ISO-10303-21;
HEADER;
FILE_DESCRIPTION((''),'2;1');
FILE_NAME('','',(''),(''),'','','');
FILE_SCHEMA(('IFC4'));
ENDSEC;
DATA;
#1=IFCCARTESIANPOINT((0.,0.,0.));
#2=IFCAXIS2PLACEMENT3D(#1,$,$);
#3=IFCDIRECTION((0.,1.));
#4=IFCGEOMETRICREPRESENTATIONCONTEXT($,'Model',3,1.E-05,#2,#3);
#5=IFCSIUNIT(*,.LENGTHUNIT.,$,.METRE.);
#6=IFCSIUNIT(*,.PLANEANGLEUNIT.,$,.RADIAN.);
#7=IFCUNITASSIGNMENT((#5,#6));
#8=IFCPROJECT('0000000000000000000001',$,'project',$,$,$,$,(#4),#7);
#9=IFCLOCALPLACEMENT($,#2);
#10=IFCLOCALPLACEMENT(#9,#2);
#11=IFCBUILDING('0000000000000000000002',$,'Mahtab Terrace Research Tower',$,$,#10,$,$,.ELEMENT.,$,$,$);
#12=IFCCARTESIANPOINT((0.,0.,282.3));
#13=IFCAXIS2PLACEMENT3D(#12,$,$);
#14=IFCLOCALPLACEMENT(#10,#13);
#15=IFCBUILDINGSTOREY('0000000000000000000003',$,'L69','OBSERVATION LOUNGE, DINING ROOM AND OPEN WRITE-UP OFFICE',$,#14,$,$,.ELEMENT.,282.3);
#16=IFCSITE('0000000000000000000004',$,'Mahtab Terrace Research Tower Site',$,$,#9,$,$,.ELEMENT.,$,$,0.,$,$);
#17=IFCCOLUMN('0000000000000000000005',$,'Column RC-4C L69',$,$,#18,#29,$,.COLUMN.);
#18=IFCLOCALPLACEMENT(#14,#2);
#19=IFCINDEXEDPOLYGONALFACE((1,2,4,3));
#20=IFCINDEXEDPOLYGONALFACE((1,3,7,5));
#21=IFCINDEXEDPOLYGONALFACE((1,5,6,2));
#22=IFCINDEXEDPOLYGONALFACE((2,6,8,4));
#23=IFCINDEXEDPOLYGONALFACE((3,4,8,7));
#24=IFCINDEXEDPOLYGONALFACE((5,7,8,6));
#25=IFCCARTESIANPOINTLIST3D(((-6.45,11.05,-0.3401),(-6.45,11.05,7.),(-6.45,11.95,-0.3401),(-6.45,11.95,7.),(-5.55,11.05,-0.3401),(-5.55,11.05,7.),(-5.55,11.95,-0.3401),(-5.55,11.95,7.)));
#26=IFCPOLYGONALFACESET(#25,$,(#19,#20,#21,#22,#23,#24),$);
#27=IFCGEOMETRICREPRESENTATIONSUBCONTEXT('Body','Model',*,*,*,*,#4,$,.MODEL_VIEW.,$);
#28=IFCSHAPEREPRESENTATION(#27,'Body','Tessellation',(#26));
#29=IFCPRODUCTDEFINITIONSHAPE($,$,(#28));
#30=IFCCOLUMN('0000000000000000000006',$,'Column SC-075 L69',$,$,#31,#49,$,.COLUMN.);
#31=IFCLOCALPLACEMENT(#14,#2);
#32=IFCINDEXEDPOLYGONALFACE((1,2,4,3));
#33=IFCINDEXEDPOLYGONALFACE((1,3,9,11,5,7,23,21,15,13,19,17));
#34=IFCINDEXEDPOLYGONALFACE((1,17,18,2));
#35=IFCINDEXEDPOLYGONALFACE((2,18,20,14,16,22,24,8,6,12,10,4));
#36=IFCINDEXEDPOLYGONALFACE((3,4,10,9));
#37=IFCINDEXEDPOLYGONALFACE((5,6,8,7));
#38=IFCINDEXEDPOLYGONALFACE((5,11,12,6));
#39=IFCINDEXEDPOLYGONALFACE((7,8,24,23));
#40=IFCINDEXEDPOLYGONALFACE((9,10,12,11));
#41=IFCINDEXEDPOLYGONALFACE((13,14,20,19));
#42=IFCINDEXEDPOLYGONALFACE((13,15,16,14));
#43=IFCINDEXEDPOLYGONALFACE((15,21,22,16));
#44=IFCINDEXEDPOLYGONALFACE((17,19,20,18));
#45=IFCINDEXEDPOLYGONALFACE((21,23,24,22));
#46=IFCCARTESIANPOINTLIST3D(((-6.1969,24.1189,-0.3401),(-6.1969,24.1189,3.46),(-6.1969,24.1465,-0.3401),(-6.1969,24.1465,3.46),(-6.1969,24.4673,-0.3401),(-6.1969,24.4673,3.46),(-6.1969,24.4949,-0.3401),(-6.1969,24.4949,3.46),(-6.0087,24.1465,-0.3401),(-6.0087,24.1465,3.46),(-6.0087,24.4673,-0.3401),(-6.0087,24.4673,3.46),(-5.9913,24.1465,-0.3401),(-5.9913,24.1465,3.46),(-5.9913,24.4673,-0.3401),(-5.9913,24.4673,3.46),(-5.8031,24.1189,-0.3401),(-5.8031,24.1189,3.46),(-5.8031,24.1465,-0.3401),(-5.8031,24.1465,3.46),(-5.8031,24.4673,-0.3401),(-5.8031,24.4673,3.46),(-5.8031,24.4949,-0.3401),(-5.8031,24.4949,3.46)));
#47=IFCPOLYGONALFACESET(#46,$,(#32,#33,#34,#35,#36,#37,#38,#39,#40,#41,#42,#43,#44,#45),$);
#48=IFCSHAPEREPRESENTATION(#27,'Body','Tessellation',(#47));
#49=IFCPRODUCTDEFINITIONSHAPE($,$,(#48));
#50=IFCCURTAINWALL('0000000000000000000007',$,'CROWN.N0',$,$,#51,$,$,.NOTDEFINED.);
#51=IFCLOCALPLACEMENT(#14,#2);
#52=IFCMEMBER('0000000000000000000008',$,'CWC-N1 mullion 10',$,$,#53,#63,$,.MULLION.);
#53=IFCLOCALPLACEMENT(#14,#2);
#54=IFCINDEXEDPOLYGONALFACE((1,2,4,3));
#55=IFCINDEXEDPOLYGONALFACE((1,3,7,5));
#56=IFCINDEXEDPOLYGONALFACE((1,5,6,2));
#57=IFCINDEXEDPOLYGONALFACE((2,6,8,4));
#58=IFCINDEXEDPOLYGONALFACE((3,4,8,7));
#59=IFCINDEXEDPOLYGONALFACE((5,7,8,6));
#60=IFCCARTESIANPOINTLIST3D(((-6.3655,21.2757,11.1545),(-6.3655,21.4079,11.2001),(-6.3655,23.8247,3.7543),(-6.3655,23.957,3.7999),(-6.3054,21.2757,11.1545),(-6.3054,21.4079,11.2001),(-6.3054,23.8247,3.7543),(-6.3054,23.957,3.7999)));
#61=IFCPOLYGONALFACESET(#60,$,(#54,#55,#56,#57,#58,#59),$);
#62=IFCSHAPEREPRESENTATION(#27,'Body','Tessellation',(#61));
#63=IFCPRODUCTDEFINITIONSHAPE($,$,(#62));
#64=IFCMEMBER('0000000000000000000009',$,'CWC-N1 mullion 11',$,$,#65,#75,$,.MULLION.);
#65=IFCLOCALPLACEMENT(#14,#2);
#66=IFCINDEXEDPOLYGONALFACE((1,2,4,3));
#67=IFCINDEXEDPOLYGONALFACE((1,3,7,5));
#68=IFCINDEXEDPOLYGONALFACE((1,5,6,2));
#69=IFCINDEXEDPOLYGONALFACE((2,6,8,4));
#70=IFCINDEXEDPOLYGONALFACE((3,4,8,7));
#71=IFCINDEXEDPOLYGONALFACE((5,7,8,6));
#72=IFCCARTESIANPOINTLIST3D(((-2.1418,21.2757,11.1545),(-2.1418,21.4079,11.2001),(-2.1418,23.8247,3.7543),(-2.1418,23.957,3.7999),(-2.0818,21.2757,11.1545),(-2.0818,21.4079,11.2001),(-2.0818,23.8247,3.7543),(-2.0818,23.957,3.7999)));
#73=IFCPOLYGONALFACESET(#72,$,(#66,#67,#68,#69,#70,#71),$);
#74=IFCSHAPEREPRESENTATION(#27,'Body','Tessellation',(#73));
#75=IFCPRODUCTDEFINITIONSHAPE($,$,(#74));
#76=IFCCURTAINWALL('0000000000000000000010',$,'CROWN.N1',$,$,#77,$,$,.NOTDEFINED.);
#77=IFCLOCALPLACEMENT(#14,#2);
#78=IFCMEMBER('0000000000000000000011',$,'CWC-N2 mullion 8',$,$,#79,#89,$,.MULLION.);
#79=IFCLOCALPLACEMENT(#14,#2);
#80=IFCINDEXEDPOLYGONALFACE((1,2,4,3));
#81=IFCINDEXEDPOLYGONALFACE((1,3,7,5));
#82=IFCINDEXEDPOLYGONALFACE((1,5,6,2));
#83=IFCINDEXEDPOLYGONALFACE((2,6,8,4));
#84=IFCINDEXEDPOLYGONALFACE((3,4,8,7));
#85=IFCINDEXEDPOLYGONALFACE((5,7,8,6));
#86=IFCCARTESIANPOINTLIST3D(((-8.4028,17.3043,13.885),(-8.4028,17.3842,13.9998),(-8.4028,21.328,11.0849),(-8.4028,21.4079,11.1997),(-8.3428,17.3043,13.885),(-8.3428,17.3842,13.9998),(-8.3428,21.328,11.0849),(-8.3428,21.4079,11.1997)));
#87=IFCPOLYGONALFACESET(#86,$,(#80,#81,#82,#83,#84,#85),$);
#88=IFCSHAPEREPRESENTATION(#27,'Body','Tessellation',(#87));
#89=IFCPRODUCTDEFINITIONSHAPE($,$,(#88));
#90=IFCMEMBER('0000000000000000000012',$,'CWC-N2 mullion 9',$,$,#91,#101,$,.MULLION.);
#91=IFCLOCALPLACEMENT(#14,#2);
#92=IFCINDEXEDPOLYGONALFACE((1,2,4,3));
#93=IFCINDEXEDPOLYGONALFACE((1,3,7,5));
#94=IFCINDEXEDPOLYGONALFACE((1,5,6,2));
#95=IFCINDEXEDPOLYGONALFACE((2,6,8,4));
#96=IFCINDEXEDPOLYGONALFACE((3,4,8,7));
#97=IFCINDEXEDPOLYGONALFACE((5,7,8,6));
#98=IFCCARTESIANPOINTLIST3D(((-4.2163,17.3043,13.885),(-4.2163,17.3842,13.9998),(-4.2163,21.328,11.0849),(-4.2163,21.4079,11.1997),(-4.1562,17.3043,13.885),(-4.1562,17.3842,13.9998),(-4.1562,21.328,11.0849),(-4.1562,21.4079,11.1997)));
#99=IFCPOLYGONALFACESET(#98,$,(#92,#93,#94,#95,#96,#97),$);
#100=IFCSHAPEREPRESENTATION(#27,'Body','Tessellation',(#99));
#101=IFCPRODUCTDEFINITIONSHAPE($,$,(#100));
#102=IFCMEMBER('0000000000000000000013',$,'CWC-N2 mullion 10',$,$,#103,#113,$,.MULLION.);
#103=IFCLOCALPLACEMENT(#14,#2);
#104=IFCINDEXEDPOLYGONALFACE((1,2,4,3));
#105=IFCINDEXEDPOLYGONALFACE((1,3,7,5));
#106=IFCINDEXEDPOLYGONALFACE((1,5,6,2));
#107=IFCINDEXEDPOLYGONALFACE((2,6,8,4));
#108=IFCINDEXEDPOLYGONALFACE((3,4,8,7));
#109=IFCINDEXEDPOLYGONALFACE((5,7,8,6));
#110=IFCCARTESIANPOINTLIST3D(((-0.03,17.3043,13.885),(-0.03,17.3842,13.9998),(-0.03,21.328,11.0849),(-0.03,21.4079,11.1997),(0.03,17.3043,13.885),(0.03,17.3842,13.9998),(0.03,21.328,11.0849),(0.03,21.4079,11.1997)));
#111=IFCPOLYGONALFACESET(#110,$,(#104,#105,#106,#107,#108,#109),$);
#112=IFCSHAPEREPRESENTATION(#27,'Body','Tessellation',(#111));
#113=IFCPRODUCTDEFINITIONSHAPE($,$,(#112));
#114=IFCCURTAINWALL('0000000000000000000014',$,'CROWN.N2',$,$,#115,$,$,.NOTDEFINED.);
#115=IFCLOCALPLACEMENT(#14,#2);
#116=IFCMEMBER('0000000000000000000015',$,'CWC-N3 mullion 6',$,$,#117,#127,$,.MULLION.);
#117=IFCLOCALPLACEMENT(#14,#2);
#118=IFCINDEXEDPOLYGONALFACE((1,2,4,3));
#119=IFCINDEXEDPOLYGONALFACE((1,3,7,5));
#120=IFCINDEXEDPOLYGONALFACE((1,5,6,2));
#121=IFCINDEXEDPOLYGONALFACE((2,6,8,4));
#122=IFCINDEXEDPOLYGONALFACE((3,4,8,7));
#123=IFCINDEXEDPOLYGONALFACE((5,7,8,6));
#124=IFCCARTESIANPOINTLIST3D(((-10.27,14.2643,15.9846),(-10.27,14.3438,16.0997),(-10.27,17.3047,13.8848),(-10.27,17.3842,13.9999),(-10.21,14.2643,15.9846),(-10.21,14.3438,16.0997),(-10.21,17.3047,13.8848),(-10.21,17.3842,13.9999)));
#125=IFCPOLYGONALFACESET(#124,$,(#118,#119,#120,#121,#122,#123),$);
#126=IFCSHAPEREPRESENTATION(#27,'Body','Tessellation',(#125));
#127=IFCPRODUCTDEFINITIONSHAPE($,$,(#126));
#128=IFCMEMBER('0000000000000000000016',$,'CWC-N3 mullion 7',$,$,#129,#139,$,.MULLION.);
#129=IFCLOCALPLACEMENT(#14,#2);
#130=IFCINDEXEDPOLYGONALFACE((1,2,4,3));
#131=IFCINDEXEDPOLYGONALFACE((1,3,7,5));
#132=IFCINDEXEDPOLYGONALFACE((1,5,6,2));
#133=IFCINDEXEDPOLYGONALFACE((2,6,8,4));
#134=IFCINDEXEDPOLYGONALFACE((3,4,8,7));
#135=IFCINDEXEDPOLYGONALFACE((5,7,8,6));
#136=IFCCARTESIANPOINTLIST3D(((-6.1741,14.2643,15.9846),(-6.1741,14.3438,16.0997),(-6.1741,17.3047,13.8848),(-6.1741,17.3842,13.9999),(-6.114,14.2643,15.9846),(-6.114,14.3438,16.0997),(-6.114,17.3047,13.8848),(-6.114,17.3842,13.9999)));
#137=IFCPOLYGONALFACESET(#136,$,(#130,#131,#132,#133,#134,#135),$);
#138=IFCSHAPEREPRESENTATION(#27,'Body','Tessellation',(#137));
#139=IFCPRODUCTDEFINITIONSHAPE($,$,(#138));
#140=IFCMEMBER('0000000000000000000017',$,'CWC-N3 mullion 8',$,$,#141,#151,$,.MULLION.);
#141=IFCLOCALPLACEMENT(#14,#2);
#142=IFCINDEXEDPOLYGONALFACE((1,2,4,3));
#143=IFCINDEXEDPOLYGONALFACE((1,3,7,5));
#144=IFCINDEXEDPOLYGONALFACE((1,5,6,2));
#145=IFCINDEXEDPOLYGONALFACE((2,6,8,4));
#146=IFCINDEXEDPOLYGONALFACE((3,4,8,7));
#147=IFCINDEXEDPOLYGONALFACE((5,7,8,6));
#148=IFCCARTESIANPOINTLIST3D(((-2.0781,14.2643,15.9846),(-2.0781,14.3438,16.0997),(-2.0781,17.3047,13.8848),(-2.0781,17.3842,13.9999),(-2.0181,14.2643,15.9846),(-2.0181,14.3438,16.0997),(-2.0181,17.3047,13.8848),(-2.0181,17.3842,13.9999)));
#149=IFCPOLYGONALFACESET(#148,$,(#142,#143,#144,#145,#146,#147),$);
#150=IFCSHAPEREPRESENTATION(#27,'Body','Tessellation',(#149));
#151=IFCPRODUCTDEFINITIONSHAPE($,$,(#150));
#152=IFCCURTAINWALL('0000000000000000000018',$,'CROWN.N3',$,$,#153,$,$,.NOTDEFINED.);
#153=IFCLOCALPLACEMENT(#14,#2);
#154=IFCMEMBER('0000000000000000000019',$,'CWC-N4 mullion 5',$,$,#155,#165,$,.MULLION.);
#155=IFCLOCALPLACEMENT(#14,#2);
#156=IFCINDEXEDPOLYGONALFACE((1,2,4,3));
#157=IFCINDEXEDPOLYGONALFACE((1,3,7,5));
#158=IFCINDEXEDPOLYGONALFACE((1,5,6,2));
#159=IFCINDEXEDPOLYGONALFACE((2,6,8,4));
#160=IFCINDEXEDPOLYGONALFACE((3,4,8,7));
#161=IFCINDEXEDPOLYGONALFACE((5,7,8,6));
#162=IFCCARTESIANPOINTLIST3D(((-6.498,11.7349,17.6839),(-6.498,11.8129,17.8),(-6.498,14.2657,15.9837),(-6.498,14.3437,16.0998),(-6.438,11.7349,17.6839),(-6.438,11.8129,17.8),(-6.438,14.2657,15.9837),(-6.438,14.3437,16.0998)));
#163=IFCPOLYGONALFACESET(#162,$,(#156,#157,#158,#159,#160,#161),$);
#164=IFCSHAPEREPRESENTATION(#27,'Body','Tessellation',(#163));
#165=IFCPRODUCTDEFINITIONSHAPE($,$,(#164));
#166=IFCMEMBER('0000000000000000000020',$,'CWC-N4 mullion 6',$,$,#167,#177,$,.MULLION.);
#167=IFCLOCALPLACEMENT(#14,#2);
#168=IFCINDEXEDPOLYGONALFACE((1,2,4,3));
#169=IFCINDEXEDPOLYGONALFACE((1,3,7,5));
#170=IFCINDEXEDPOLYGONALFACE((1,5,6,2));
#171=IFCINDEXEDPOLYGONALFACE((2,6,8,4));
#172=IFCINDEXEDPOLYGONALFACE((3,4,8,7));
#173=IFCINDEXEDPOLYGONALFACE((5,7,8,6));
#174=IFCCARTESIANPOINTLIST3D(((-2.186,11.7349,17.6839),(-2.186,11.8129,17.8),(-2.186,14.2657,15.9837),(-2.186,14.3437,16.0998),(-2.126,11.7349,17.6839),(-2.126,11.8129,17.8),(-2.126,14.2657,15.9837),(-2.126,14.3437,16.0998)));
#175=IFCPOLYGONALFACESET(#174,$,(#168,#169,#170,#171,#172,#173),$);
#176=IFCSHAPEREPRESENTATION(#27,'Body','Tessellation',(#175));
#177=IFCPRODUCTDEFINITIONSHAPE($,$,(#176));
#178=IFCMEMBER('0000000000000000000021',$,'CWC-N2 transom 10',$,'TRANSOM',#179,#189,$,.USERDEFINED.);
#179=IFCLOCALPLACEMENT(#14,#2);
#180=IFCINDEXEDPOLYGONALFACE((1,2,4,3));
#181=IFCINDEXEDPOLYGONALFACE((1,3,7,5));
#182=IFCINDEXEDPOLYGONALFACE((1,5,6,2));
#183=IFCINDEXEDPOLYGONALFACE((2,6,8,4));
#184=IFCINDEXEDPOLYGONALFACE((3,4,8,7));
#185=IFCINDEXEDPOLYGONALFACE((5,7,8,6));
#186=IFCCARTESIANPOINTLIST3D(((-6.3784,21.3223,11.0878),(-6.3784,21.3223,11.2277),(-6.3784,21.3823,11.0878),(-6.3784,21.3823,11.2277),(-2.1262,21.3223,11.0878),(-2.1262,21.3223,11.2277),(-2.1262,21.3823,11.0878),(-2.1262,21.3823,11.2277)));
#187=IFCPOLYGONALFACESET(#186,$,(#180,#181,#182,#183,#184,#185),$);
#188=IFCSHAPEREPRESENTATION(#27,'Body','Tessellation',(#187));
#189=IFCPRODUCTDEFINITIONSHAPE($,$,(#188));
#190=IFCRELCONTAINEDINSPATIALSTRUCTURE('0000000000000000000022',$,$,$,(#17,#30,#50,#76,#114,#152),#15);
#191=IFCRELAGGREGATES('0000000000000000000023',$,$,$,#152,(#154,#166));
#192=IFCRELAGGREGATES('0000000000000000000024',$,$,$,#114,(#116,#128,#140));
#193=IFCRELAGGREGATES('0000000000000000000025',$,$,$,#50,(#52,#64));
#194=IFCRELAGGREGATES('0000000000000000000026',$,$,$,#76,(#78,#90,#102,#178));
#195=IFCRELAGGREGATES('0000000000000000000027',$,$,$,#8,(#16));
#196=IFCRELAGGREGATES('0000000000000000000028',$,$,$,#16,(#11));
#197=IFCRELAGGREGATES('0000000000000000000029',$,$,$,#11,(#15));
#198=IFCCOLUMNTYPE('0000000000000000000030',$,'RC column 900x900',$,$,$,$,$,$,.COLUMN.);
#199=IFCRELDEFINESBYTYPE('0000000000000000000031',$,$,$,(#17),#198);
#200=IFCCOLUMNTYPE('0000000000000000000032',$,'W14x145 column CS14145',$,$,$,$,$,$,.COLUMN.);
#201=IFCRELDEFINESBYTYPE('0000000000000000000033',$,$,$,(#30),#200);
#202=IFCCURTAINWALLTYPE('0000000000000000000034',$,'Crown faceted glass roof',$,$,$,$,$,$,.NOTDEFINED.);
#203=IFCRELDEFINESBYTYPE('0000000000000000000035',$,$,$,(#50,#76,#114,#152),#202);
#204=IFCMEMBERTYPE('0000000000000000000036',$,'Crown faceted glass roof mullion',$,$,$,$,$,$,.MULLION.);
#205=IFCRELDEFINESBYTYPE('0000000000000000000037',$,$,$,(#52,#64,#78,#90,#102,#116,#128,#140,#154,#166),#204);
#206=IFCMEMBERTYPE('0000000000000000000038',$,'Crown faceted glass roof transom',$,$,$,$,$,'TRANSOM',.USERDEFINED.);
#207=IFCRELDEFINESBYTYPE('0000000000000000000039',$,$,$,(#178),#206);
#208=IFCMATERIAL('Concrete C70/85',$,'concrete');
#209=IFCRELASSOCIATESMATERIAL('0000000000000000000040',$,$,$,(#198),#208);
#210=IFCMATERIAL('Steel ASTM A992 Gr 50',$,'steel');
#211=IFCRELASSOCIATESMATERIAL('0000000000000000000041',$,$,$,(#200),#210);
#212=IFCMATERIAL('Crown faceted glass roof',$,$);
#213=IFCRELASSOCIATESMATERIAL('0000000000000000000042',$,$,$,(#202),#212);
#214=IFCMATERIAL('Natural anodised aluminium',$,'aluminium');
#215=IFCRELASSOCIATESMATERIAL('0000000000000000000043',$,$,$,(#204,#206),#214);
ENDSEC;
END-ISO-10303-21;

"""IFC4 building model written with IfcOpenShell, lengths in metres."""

from ifc_helpers import new_model, si_unit, direction, frame, origin, origin_2d, place, context, subcontext, project, spatial, rectangle, i_section, extrude, material, material_profile, profile_set, type_object, element, aggregate, save


model = new_model("IFC4")

# Units and contexts
model_context = context("Model", 3, precision=1e-05, world=origin(), true_north=direction((0.0, 1.0)))
body_context = subcontext(model_context, "Body", "Model", "MODEL_VIEW")
ifc_project = project(units=[si_unit("LENGTHUNIT", "METRE"), si_unit("PLANEANGLEUNIT", "RADIAN")], contexts=[model_context])

# Site, building, storey
site_placement = place(None, origin())
site = spatial("IfcSite", under=ifc_project, at=site_placement, Name="Mahtab Terrace Research Tower Site", CompositionType="ELEMENT", RefElevation=0.0)
building_placement = place(site_placement, origin())
building = spatial("IfcBuilding", under=site, at=building_placement, Name="Mahtab Terrace Research Tower", CompositionType="ELEMENT")
storey_placement = place(building_placement, frame((0.0, 0.0, 282.3)))
storey = spatial("IfcBuildingStorey", under=building, at=storey_placement, Name="L69", Description="OBSERVATION LOUNGE, DINING ROOM AND OPEN WRITE-UP OFFICE", CompositionType="ELEMENT", Elevation=282.3)

# Columns
ifc_material_1 = material(Name="Concrete C70/85", Category="concrete")
ifc_material_profile_1 = material_profile(ifc_material_1, rectangle(XDim=0.8999, YDim=0.8999, at=origin_2d()), Name="RC column 900x900")
ifc_profile_set_1 = profile_set([ifc_material_profile_1], Name="Concrete C70/85")
column_type_1 = type_object("IfcColumnType", Name="RC column 900x900", PredefinedType="COLUMN", material=ifc_profile_set_1)
column_1_placement = place(storey_placement, frame((-6.0, 11.5, -0.3401), z_axis=(0.0, 0.0, 1.0), x_axis=(1.0, 0.0, 0.0)))
element("IfcColumn", 1, at=column_1_placement, inside=storey, type_object=column_type_1, Name="Column RC-4C L69", PredefinedType="COLUMN", context=body_context, shape_type="SweptSolid", body=[
    extrude(rectangle(XDim=0.8999, YDim=0.8999, at=origin_2d()), origin(), (0.0, 0.0, 1.0), 7.3401),
])
ifc_material_2 = material(Name="Steel ASTM A992 Gr 50", Category="steel")
ifc_material_profile_2 = material_profile(ifc_material_2, i_section(OverallWidth=0.3938, OverallDepth=0.376, WebThickness=0.0173, FlangeThickness=0.0276, at=origin_2d()), Name="W14X145")
ifc_profile_set_2 = profile_set([ifc_material_profile_2], Name="Steel ASTM A992 Gr 50")
column_type_2 = type_object("IfcColumnType", Name="W14x145 column CS14145", PredefinedType="COLUMN", material=ifc_profile_set_2)
column_2_placement = place(storey_placement, frame((-6.0, 24.3069, -0.3401), z_axis=(0.0, 0.0, 1.0), x_axis=(1.0, 0.0, 0.0)))
element("IfcColumn", 2, at=column_2_placement, inside=storey, type_object=column_type_2, Name="Column SC-075 L69", PredefinedType="COLUMN", context=body_context, shape_type="SweptSolid", body=[
    extrude(i_section(OverallWidth=0.3938, OverallDepth=0.376, WebThickness=0.0173, FlangeThickness=0.0276, at=origin_2d()), origin(), (0.0, 0.0, 1.0), 3.8),
])

# Curtain walls, members
ifc_material_3 = material(Name="Crown faceted glass roof")
curtain_wall_type_1 = type_object("IfcCurtainWallType", Name="Crown faceted glass roof", PredefinedType="NOTDEFINED", material=ifc_material_3)
curtain_wall_1_placement = place(storey_placement, origin())
curtain_wall_1 = element("IfcCurtainWall", 3, at=curtain_wall_1_placement, inside=storey, type_object=curtain_wall_type_1, Name="CROWN.N0", PredefinedType="NOTDEFINED")
ifc_material_4 = material(Name="Natural anodised aluminium", Category="aluminium")
ifc_material_profile_3 = material_profile(ifc_material_4, rectangle(XDim=0.0601, YDim=0.1399, at=origin_2d()), Name="MULLION 60x140")
ifc_profile_set_3 = profile_set([ifc_material_profile_3], Name="Natural anodised aluminium")
member_type_1 = type_object("IfcMemberType", Name="Crown faceted glass roof mullion", PredefinedType="MULLION", material=ifc_profile_set_3)
member_1_placement = place(storey_placement, frame((-6.3354, 23.8909, 3.7771), z_axis=(0.0, -0.325682, 0.945479), x_axis=(1.0, 0.0, 0.0)))
member_1 = element("IfcMember", 4, at=member_1_placement, type_object=member_type_1, Name="CWC-N1 mullion 10", PredefinedType="MULLION", context=body_context, shape_type="SweptSolid", body=[
    extrude(rectangle(XDim=0.0601, YDim=0.1399, at=origin_2d()), origin(), (0.0, 0.0, 1.0), 7.8269),
])
member_2_placement = place(storey_placement, frame((-2.1118, 23.8909, 3.7771), z_axis=(0.0, -0.325682, 0.945479), x_axis=(1.0, 0.0, 0.0)))
member_2 = element("IfcMember", 5, at=member_2_placement, type_object=member_type_1, Name="CWC-N1 mullion 11", PredefinedType="MULLION", context=body_context, shape_type="SweptSolid", body=[
    extrude(rectangle(XDim=0.0601, YDim=0.1399, at=origin_2d()), origin(), (0.0, 0.0, 1.0), 7.8269),
])
curtain_wall_2_placement = place(storey_placement, origin())
curtain_wall_2 = element("IfcCurtainWall", 6, at=curtain_wall_2_placement, inside=storey, type_object=curtain_wall_type_1, Name="CROWN.N1", PredefinedType="NOTDEFINED")
member_3_placement = place(storey_placement, frame((-8.3728, 21.3679, 11.1423), z_axis=(0.0, -0.820813, 0.571197), x_axis=(1.0, 0.0, 0.0)))
member_3 = element("IfcMember", 7, at=member_3_placement, type_object=member_type_1, Name="CWC-N2 mullion 8", PredefinedType="MULLION", context=body_context, shape_type="SweptSolid", body=[
    extrude(rectangle(XDim=0.0601, YDim=0.1399, at=origin_2d()), origin(), (0.0, 0.0, 1.0), 4.9021),
])
member_4_placement = place(storey_placement, frame((-4.1863, 21.3679, 11.1423), z_axis=(0.0, -0.820813, 0.571197), x_axis=(1.0, 0.0, 0.0)))
member_4 = element("IfcMember", 8, at=member_4_placement, type_object=member_type_1, Name="CWC-N2 mullion 9", PredefinedType="MULLION", context=body_context, shape_type="SweptSolid", body=[
    extrude(rectangle(XDim=0.0601, YDim=0.1399, at=origin_2d()), origin(), (0.0, 0.0, 1.0), 4.9021),
])
member_5_placement = place(storey_placement, frame((0.0, 21.3679, 11.1423), z_axis=(0.0, -0.820813, 0.571197), x_axis=(1.0, 0.0, 0.0)))
member_5 = element("IfcMember", 9, at=member_5_placement, type_object=member_type_1, Name="CWC-N2 mullion 10", PredefinedType="MULLION", context=body_context, shape_type="SweptSolid", body=[
    extrude(rectangle(XDim=0.0601, YDim=0.1399, at=origin_2d()), origin(), (0.0, 0.0, 1.0), 4.9021),
])
curtain_wall_3_placement = place(storey_placement, origin())
curtain_wall_3 = element("IfcCurtainWall", 10, at=curtain_wall_3_placement, inside=storey, type_object=curtain_wall_type_1, Name="CROWN.N2", PredefinedType="NOTDEFINED")
member_6_placement = place(storey_placement, frame((-10.24, 17.3445, 13.9424), z_axis=(0.0, -0.822841, 0.568272), x_axis=(1.0, 0.0, 0.0)))
member_6 = element("IfcMember", 11, at=member_6_placement, type_object=member_type_1, Name="CWC-N3 mullion 6", PredefinedType="MULLION", context=body_context, shape_type="SweptSolid", body=[
    extrude(rectangle(XDim=0.0601, YDim=0.1399, at=origin_2d()), origin(), (0.0, 0.0, 1.0), 3.6951),
])
member_7_placement = place(storey_placement, frame((-6.144, 17.3445, 13.9424), z_axis=(0.0, -0.822841, 0.568272), x_axis=(1.0, 0.0, 0.0)))
member_7 = element("IfcMember", 12, at=member_7_placement, type_object=member_type_1, Name="CWC-N3 mullion 7", PredefinedType="MULLION", context=body_context, shape_type="SweptSolid", body=[
    extrude(rectangle(XDim=0.0601, YDim=0.1399, at=origin_2d()), origin(), (0.0, 0.0, 1.0), 3.6951),
])
member_8_placement = place(storey_placement, frame((-2.0481, 17.3445, 13.9424), z_axis=(0.0, -0.822841, 0.568272), x_axis=(1.0, 0.0, 0.0)))
member_8 = element("IfcMember", 13, at=member_8_placement, type_object=member_type_1, Name="CWC-N3 mullion 8", PredefinedType="MULLION", context=body_context, shape_type="SweptSolid", body=[
    extrude(rectangle(XDim=0.0601, YDim=0.1399, at=origin_2d()), origin(), (0.0, 0.0, 1.0), 3.6951),
])
curtain_wall_4_placement = place(storey_placement, origin())
curtain_wall_4 = element("IfcCurtainWall", 14, at=curtain_wall_4_placement, inside=storey, type_object=curtain_wall_type_1, Name="CROWN.N3", PredefinedType="NOTDEFINED")
member_9_placement = place(storey_placement, frame((-6.468, 14.3047, 16.0417), z_axis=(0.0, -0.830074, 0.557653), x_axis=(1.0, 0.0, 0.0)))
member_9 = element("IfcMember", 15, at=member_9_placement, type_object=member_type_1, Name="CWC-N4 mullion 5", PredefinedType="MULLION", context=body_context, shape_type="SweptSolid", body=[
    extrude(rectangle(XDim=0.0601, YDim=0.1399, at=origin_2d()), origin(), (0.0, 0.0, 1.0), 3.0488),
])
member_10_placement = place(storey_placement, frame((-2.156, 14.3047, 16.0417), z_axis=(0.0, -0.830074, 0.557653), x_axis=(1.0, 0.0, 0.0)))
member_10 = element("IfcMember", 16, at=member_10_placement, type_object=member_type_1, Name="CWC-N4 mullion 6", PredefinedType="MULLION", context=body_context, shape_type="SweptSolid", body=[
    extrude(rectangle(XDim=0.0601, YDim=0.1399, at=origin_2d()), origin(), (0.0, 0.0, 1.0), 3.0488),
])
aggregate(curtain_wall_4, [member_9, member_10])

# Member
ifc_material_profile_4 = material_profile(ifc_material_4, rectangle(XDim=0.0601, YDim=0.1399, at=origin_2d()), Name="TRANSOM 60x140")
ifc_profile_set_4 = profile_set([ifc_material_profile_4], Name="Natural anodised aluminium")
member_type_2 = type_object("IfcMemberType", Name="Crown faceted glass roof transom", ElementType="TRANSOM", PredefinedType="USERDEFINED", material=ifc_profile_set_4)
member_11_placement = place(storey_placement, frame((-6.3784, 21.3523, 11.1577), z_axis=(1.0, 0.0, 0.0), x_axis=(0.0, 1.0, 0.0)))
member_11 = element("IfcMember", 17, at=member_11_placement, type_object=member_type_2, Name="CWC-N2 transom 10", ObjectType="TRANSOM", PredefinedType="USERDEFINED", context=body_context, shape_type="SweptSolid", body=[
    extrude(rectangle(XDim=0.0601, YDim=0.1399, at=origin_2d()), origin(), (0.0, 0.0, 1.0), 4.2522),
])
aggregate(curtain_wall_3, [member_6, member_7, member_8])

aggregate(curtain_wall_1, [member_1, member_2])
aggregate(curtain_wall_2, [member_3, member_4, member_5, member_11])

save(model, "model.ifc")
